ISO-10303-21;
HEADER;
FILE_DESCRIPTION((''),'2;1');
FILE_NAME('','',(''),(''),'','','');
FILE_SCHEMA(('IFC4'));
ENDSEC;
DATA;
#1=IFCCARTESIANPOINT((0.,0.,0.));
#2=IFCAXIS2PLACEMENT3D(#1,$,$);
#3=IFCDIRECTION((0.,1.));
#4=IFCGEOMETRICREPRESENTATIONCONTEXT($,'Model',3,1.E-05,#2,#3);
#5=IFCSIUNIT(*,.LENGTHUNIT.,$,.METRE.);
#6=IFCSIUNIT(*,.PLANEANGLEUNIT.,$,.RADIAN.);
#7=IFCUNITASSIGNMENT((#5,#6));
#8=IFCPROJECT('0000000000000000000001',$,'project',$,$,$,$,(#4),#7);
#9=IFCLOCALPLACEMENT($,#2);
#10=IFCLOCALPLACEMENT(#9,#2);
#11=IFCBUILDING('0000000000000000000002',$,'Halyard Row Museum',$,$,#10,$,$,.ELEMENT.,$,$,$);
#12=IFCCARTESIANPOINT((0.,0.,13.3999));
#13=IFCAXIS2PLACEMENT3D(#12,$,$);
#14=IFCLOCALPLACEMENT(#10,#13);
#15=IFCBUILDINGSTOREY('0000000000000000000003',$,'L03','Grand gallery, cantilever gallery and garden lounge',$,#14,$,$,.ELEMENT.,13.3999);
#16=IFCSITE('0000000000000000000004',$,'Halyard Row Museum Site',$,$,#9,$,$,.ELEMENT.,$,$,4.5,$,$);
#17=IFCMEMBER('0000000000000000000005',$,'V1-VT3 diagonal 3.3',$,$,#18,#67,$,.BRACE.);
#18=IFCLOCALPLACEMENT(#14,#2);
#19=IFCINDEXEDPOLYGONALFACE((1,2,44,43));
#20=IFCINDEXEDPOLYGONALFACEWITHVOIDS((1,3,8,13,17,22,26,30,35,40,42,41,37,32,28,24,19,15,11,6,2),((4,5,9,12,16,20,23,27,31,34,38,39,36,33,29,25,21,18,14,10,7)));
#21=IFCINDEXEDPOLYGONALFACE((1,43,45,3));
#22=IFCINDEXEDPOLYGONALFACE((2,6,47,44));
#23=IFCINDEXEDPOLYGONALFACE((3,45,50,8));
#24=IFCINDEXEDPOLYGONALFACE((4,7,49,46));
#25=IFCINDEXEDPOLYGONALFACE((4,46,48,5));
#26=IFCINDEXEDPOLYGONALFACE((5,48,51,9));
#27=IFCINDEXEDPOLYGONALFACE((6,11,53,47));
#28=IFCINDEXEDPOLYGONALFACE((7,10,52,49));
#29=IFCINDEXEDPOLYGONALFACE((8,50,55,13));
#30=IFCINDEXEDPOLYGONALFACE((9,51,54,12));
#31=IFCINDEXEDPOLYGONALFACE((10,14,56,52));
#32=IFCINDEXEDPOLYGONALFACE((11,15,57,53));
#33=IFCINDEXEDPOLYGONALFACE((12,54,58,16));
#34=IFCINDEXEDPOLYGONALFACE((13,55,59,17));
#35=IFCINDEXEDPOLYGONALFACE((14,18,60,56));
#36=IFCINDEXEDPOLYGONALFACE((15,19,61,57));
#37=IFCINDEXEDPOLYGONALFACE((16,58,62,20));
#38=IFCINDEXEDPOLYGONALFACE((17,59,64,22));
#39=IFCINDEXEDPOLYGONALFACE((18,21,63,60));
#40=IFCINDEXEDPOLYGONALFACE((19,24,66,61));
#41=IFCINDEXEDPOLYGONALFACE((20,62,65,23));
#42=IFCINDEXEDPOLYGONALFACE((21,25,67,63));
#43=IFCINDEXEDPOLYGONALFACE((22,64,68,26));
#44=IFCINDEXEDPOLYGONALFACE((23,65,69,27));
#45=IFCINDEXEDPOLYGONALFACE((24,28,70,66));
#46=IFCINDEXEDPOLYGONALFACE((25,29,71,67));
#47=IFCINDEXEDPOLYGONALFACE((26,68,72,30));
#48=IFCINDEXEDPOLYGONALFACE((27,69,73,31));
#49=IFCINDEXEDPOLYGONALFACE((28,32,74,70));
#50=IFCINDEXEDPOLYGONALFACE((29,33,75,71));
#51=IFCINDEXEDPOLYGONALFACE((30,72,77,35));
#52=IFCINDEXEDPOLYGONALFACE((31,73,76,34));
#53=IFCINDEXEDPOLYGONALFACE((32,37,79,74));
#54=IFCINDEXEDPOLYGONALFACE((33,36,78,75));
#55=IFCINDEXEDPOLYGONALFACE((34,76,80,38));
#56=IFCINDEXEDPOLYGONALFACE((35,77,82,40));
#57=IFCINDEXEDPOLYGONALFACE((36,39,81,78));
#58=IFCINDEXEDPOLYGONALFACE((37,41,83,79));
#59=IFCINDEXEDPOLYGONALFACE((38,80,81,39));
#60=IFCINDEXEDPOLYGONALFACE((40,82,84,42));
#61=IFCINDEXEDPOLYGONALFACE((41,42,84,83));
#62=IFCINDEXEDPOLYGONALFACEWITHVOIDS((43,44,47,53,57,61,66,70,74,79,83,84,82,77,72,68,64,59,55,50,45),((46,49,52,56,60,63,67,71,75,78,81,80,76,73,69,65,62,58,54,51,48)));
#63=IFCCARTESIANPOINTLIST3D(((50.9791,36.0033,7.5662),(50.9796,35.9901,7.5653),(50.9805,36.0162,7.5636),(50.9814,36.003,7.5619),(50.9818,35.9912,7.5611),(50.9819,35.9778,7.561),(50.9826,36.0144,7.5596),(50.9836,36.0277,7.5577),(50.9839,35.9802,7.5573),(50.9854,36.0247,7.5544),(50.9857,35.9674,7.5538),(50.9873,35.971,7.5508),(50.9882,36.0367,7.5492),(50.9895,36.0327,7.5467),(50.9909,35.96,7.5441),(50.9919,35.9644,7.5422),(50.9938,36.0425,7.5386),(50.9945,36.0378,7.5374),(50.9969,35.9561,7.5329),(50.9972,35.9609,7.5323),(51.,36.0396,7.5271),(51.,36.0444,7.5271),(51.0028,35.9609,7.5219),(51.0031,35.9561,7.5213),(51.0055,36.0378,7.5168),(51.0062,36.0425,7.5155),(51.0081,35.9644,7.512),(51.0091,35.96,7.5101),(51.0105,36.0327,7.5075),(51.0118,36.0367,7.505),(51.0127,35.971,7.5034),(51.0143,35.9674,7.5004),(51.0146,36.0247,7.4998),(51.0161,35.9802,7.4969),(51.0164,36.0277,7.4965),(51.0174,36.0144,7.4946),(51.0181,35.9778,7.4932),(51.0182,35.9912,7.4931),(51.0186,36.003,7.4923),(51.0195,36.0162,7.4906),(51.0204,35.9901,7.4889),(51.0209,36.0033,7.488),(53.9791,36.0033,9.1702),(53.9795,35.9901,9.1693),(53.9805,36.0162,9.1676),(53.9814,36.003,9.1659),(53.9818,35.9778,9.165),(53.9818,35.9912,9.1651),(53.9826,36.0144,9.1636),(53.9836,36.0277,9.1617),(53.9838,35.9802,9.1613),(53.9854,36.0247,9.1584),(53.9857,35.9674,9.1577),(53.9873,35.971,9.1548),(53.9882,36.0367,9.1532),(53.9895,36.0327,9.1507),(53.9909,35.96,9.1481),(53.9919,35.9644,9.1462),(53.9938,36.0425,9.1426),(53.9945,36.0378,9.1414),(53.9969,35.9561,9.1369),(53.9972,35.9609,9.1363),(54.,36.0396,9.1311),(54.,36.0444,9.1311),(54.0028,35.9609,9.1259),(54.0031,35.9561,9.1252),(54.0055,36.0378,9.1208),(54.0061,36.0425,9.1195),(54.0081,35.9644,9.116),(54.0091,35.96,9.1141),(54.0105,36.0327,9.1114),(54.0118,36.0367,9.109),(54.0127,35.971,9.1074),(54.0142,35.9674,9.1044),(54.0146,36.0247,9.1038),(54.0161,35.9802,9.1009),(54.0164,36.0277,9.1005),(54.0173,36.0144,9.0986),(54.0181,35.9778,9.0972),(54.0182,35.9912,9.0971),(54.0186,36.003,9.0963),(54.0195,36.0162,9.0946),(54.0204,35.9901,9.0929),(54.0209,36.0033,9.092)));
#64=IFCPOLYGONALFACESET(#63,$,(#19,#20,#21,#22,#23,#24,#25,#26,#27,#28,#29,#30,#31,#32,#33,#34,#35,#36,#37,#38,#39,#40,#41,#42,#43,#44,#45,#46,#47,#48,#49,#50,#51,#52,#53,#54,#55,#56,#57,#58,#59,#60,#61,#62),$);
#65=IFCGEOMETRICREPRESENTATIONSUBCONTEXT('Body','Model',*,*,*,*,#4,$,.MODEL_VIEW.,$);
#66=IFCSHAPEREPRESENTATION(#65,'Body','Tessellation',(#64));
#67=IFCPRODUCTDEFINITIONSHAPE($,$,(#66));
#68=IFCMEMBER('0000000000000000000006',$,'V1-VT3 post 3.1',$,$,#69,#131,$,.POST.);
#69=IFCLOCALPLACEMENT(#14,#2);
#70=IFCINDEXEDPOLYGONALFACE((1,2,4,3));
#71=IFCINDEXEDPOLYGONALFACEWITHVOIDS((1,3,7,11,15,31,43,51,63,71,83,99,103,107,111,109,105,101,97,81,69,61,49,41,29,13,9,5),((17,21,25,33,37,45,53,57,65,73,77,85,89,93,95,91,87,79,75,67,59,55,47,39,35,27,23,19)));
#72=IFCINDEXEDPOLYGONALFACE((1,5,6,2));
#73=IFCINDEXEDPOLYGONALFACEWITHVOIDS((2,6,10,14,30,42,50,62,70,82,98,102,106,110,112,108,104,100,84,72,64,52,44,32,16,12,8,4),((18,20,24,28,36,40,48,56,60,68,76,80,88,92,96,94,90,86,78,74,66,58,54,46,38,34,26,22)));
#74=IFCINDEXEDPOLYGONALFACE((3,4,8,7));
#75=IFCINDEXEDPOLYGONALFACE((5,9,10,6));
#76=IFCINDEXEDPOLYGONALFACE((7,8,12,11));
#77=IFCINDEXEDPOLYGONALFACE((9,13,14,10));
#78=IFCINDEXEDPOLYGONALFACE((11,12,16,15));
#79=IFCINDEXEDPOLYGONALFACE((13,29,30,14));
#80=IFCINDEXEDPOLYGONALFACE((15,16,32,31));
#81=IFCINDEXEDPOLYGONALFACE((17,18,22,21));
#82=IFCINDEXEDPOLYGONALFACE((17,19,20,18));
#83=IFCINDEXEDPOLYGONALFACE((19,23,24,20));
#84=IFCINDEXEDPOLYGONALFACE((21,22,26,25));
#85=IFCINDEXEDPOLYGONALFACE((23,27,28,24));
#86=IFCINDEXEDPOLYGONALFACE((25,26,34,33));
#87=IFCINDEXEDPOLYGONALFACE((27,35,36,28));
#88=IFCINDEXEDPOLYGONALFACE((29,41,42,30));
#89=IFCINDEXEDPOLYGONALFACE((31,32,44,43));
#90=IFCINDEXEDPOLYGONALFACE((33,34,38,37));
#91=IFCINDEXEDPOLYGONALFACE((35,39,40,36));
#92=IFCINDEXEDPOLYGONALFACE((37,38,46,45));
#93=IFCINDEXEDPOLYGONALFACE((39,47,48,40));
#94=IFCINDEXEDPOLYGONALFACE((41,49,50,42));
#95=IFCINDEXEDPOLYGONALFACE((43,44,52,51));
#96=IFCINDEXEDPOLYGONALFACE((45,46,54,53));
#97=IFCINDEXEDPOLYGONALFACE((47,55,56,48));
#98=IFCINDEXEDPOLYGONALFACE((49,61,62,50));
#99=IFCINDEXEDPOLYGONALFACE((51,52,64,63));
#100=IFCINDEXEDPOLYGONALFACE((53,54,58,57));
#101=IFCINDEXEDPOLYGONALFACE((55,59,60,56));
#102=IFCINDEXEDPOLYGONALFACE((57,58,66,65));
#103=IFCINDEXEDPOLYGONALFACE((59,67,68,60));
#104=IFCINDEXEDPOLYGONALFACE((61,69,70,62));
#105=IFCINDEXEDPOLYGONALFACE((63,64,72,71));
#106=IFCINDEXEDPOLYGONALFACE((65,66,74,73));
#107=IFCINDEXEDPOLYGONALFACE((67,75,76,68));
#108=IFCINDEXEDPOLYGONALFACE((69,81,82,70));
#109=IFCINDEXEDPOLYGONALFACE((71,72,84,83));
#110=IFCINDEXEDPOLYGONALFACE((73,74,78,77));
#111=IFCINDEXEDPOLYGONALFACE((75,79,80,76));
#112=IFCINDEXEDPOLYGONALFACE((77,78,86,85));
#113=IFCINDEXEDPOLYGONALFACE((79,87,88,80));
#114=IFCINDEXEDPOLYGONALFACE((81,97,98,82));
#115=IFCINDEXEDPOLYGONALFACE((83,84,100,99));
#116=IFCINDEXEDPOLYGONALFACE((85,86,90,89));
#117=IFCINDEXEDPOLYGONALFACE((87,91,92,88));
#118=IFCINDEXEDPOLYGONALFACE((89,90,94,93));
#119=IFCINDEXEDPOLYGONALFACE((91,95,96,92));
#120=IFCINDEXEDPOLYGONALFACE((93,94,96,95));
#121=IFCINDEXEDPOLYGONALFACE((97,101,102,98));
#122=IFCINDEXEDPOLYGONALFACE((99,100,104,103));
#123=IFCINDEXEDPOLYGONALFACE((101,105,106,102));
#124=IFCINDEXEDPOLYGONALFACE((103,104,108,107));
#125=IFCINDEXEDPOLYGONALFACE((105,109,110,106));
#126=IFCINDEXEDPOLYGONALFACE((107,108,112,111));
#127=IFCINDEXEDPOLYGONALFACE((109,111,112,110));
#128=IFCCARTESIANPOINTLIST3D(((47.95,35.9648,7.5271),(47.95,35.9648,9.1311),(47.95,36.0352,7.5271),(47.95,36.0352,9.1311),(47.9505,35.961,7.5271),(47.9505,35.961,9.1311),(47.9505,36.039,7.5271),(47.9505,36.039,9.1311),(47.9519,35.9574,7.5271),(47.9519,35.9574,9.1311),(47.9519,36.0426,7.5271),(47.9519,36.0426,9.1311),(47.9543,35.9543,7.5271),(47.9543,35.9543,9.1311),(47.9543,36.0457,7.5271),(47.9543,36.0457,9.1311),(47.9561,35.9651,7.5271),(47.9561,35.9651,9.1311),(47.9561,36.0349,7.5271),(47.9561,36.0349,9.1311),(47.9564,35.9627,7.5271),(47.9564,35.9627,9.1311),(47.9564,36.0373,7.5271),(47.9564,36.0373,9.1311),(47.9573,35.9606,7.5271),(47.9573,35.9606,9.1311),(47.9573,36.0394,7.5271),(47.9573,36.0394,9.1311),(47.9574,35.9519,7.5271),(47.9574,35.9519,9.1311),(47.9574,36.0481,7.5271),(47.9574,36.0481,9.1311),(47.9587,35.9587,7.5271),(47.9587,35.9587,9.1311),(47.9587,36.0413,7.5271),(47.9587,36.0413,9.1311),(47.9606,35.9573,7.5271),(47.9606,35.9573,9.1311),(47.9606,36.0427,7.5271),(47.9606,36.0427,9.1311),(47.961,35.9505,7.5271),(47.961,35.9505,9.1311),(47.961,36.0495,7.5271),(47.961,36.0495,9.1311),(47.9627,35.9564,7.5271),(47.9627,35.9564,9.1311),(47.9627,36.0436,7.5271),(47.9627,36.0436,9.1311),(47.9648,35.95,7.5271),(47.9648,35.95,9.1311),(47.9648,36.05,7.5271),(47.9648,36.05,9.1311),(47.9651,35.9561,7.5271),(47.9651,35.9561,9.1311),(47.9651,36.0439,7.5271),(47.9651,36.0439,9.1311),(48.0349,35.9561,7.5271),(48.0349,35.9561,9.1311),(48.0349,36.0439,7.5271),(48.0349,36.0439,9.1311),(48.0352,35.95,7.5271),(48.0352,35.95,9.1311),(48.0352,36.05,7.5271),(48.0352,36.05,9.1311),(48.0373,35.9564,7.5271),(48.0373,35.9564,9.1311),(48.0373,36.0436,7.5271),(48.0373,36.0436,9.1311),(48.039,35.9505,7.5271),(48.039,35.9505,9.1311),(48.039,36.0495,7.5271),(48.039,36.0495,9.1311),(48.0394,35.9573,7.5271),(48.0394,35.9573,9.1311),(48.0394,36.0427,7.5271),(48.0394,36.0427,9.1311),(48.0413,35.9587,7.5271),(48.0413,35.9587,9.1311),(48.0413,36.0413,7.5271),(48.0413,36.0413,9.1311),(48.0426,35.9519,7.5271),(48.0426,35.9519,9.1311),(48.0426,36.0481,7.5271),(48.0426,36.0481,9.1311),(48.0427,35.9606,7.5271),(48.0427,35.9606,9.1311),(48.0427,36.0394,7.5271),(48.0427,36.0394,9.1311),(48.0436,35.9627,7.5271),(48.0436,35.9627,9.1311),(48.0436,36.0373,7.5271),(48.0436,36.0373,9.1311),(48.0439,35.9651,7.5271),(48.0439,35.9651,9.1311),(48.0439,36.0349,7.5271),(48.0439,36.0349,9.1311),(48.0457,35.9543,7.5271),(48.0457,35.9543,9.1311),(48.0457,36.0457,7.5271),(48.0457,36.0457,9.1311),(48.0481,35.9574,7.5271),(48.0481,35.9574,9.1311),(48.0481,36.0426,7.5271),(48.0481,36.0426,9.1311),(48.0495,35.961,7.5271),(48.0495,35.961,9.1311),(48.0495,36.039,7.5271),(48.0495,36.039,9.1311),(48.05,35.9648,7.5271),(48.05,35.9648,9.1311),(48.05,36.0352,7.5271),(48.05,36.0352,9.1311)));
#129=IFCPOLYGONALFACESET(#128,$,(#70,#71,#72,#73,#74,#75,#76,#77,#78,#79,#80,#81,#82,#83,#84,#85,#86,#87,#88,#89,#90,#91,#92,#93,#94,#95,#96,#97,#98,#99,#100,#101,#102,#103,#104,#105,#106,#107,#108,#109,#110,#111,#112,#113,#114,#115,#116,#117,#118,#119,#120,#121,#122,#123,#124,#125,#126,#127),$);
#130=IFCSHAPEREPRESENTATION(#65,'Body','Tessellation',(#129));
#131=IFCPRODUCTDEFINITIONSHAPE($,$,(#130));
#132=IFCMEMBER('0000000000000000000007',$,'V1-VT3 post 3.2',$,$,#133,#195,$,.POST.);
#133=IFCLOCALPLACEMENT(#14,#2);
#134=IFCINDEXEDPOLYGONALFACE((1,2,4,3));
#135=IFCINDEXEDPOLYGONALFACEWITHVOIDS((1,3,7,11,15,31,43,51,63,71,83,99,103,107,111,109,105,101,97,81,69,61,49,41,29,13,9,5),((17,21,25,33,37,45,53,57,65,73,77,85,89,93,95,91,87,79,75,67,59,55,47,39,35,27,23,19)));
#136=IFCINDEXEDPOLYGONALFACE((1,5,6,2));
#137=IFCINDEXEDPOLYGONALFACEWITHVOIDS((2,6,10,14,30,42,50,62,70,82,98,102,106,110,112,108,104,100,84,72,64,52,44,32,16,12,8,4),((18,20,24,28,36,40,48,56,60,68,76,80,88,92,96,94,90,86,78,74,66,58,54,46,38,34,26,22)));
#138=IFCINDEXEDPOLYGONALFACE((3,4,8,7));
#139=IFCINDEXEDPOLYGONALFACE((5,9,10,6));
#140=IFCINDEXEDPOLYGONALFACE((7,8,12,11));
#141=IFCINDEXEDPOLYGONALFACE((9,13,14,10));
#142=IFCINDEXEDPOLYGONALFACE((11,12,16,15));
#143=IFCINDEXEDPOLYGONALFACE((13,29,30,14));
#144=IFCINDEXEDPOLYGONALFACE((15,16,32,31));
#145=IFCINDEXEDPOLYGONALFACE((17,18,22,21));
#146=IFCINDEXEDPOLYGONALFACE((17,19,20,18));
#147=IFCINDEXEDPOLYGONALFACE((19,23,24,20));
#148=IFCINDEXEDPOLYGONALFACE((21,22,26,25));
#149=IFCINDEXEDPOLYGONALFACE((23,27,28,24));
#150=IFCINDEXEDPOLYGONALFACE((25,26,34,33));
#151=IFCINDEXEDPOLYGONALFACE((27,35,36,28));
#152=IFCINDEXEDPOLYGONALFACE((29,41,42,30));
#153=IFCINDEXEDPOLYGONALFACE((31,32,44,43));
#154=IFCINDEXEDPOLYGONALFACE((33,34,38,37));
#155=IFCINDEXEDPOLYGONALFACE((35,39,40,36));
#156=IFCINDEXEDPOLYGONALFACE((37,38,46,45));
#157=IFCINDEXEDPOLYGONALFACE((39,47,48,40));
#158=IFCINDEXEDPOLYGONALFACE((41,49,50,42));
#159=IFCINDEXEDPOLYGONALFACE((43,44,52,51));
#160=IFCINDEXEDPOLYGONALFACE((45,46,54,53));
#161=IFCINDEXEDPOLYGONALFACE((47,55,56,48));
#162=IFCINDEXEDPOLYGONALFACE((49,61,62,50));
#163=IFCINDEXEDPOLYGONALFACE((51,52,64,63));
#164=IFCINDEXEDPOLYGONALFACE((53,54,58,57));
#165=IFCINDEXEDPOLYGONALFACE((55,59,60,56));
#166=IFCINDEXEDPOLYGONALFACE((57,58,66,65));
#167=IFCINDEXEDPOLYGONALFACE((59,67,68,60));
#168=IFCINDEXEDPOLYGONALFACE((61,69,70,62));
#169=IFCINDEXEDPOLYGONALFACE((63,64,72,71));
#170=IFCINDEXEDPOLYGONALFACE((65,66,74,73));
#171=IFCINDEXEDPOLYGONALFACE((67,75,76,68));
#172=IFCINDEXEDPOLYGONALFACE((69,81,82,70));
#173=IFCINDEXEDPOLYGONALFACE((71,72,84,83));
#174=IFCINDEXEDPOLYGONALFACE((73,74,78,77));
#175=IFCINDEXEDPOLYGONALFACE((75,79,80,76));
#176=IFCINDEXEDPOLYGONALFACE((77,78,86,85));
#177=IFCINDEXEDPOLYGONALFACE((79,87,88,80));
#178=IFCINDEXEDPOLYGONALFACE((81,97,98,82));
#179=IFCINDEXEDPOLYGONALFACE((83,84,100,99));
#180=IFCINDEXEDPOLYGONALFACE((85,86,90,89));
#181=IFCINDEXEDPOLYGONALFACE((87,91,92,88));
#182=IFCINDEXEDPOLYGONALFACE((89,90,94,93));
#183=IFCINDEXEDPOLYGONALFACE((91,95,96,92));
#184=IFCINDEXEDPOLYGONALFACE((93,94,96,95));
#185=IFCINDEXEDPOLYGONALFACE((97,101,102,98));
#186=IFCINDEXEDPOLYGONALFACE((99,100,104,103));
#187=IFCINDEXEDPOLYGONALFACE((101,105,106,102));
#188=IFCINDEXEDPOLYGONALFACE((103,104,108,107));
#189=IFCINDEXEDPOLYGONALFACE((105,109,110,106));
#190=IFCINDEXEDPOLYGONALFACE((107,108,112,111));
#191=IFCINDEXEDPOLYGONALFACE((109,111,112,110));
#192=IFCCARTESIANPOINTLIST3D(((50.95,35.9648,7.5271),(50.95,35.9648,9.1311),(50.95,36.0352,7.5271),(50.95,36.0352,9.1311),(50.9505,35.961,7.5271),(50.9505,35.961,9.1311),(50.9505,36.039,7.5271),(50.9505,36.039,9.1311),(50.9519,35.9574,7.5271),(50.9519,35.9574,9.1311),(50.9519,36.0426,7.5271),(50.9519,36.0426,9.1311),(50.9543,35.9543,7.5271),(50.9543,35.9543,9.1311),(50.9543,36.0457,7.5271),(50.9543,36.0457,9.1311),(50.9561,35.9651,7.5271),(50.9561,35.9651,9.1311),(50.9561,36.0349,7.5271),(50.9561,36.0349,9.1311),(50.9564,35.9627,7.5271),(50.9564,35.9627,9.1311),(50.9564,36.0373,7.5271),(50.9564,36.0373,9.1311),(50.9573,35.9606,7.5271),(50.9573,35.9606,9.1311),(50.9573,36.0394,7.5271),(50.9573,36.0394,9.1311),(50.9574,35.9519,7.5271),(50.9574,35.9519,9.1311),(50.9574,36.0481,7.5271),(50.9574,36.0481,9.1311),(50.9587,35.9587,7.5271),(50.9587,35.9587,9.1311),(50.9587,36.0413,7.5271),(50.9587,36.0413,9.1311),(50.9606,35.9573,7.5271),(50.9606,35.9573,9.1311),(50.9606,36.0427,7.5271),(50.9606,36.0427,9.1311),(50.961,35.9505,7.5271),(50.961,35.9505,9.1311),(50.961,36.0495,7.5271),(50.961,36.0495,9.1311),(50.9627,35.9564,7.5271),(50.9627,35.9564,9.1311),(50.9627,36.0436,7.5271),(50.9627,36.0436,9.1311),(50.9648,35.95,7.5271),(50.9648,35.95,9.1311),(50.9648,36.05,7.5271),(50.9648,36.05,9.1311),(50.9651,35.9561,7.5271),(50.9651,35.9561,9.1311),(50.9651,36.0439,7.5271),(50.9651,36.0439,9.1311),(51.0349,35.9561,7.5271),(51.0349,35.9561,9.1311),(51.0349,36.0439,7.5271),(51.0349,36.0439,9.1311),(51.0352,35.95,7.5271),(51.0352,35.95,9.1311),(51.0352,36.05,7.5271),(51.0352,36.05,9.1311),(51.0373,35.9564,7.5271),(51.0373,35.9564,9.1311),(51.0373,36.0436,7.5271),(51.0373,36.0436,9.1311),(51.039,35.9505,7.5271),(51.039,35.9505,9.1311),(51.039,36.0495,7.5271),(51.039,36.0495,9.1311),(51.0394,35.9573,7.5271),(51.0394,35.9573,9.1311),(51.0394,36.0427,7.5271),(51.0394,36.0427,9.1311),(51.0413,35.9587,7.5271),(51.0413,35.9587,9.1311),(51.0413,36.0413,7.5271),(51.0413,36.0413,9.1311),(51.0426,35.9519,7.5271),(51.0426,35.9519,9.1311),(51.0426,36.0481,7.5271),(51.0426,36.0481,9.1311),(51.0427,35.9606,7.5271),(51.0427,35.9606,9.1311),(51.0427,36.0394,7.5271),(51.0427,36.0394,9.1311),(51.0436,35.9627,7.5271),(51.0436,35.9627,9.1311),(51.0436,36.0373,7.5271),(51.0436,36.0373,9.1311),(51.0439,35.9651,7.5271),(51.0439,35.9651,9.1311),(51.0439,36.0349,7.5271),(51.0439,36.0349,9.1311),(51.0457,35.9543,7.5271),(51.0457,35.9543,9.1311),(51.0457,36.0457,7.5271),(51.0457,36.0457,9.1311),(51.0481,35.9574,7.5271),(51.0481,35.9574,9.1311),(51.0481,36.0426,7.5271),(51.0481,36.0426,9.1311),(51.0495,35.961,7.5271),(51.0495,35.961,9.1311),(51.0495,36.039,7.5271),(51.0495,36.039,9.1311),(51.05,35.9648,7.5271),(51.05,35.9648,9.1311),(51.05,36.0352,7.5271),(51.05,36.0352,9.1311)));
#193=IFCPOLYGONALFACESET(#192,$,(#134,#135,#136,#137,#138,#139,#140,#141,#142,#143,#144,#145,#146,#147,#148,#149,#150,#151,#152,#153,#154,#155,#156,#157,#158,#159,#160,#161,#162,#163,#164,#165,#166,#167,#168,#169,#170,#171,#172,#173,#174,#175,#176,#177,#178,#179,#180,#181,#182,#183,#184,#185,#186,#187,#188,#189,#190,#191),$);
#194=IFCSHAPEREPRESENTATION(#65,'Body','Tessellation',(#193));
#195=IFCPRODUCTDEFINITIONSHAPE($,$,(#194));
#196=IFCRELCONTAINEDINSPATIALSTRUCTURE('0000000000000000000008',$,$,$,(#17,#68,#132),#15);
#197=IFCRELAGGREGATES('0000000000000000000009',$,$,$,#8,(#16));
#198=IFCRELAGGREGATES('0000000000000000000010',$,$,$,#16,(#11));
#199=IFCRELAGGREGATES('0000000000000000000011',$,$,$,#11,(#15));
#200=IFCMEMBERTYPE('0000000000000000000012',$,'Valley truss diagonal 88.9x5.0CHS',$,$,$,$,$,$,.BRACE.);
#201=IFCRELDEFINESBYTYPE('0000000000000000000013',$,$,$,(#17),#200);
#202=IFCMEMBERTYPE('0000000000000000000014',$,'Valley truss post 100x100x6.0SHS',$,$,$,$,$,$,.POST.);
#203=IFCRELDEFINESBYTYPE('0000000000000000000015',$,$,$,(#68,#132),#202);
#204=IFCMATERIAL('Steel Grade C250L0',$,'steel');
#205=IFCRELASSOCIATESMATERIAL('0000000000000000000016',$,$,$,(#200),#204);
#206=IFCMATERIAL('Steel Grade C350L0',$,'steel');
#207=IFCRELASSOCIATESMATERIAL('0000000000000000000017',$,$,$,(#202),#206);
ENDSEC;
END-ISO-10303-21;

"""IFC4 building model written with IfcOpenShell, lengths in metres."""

from ifc_helpers import new_model, si_unit, direction, frame, origin, origin_2d, place, context, subcontext, project, spatial, hollow_rectangle, hollow_circle, extrude, material, material_profile, profile_set, type_object, element, save


model = new_model("IFC4")

# Units and contexts
model_context = context("Model", 3, precision=1e-05, world=origin(), true_north=direction((0.0, 1.0)))
body_context = subcontext(model_context, "Body", "Model", "MODEL_VIEW")
ifc_project = project(units=[si_unit("LENGTHUNIT", "METRE"), si_unit("PLANEANGLEUNIT", "RADIAN")], contexts=[model_context])

# Site, building, storey
site_placement = place(None, origin())
site = spatial("IfcSite", under=ifc_project, at=site_placement, Name="Halyard Row Museum Site", CompositionType="ELEMENT", RefElevation=4.5)
building_placement = place(site_placement, origin())
building = spatial("IfcBuilding", under=site, at=building_placement, Name="Halyard Row Museum", CompositionType="ELEMENT")
storey_placement = place(building_placement, frame((0.0, 0.0, 13.3999)))
storey = spatial("IfcBuildingStorey", under=building, at=storey_placement, Name="L03", Description="Grand gallery, cantilever gallery and garden lounge", CompositionType="ELEMENT", Elevation=13.3999)

# Members
ifc_material_1 = material(Name="Steel Grade C250L0", Category="steel")
ifc_material_profile_1 = material_profile(ifc_material_1, hollow_circle(Radius=0.0444, WallThickness=0.0049, at=origin_2d()), Name="88.9x5.0CHS")
ifc_profile_set_1 = profile_set([ifc_material_profile_1], Name="Steel Grade C250L0")
member_type_1 = type_object("IfcMemberType", Name="Valley truss diagonal 88.9x5.0CHS", PredefinedType="BRACE", material=ifc_profile_set_1)
for number, where, z_axis, x_axis, name in (
    (1, (51.0, 36.0, 7.5271), (0.881864, 0.0, 0.471504), (0.0, 1.0, 0.0), "V1-VT3 diagonal 3.3"),
):
    element("IfcMember", number, at=place(storey_placement, frame(where, z_axis=z_axis, x_axis=x_axis)), inside=storey, type_object=member_type_1, Name=name, PredefinedType="BRACE", context=body_context, shape_type="SweptSolid", body=[
        extrude(hollow_circle(Radius=0.0444, WallThickness=0.0049, at=origin_2d()), origin(), (0.0, 0.0, 1.0), 3.4019),
    ])
ifc_material_2 = material(Name="Steel Grade C350L0", Category="steel")
ifc_material_profile_2 = material_profile(ifc_material_2, hollow_rectangle(XDim=0.1001, YDim=0.1001, WallThickness=0.0061, InnerFilletRadius=0.009, OuterFilletRadius=0.0149, at=origin_2d()), Name="100x100x6.0SHS")
ifc_profile_set_2 = profile_set([ifc_material_profile_2], Name="Steel Grade C350L0")
member_type_2 = type_object("IfcMemberType", Name="Valley truss post 100x100x6.0SHS", PredefinedType="POST", material=ifc_profile_set_2)
for number, where, z_axis, x_axis, name in (
    (2, (48.0, 36.0, 7.5271), (0.0, 0.0, 1.0), (1.0, 0.0, 0.0), "V1-VT3 post 3.1"),
    (3, (51.0, 36.0, 7.5271), (0.0, 0.0, 1.0), (1.0, 0.0, 0.0), "V1-VT3 post 3.2"),
):
    element("IfcMember", number, at=place(storey_placement, frame(where, z_axis=z_axis, x_axis=x_axis)), inside=storey, type_object=member_type_2, Name=name, PredefinedType="POST", context=body_context, shape_type="SweptSolid", body=[
        extrude(hollow_rectangle(XDim=0.1001, YDim=0.1001, WallThickness=0.0061, InnerFilletRadius=0.009, OuterFilletRadius=0.0149, at=origin_2d()), origin(), (0.0, 0.0, 1.0), 1.604),
    ])

save(model, "model.ifc")
